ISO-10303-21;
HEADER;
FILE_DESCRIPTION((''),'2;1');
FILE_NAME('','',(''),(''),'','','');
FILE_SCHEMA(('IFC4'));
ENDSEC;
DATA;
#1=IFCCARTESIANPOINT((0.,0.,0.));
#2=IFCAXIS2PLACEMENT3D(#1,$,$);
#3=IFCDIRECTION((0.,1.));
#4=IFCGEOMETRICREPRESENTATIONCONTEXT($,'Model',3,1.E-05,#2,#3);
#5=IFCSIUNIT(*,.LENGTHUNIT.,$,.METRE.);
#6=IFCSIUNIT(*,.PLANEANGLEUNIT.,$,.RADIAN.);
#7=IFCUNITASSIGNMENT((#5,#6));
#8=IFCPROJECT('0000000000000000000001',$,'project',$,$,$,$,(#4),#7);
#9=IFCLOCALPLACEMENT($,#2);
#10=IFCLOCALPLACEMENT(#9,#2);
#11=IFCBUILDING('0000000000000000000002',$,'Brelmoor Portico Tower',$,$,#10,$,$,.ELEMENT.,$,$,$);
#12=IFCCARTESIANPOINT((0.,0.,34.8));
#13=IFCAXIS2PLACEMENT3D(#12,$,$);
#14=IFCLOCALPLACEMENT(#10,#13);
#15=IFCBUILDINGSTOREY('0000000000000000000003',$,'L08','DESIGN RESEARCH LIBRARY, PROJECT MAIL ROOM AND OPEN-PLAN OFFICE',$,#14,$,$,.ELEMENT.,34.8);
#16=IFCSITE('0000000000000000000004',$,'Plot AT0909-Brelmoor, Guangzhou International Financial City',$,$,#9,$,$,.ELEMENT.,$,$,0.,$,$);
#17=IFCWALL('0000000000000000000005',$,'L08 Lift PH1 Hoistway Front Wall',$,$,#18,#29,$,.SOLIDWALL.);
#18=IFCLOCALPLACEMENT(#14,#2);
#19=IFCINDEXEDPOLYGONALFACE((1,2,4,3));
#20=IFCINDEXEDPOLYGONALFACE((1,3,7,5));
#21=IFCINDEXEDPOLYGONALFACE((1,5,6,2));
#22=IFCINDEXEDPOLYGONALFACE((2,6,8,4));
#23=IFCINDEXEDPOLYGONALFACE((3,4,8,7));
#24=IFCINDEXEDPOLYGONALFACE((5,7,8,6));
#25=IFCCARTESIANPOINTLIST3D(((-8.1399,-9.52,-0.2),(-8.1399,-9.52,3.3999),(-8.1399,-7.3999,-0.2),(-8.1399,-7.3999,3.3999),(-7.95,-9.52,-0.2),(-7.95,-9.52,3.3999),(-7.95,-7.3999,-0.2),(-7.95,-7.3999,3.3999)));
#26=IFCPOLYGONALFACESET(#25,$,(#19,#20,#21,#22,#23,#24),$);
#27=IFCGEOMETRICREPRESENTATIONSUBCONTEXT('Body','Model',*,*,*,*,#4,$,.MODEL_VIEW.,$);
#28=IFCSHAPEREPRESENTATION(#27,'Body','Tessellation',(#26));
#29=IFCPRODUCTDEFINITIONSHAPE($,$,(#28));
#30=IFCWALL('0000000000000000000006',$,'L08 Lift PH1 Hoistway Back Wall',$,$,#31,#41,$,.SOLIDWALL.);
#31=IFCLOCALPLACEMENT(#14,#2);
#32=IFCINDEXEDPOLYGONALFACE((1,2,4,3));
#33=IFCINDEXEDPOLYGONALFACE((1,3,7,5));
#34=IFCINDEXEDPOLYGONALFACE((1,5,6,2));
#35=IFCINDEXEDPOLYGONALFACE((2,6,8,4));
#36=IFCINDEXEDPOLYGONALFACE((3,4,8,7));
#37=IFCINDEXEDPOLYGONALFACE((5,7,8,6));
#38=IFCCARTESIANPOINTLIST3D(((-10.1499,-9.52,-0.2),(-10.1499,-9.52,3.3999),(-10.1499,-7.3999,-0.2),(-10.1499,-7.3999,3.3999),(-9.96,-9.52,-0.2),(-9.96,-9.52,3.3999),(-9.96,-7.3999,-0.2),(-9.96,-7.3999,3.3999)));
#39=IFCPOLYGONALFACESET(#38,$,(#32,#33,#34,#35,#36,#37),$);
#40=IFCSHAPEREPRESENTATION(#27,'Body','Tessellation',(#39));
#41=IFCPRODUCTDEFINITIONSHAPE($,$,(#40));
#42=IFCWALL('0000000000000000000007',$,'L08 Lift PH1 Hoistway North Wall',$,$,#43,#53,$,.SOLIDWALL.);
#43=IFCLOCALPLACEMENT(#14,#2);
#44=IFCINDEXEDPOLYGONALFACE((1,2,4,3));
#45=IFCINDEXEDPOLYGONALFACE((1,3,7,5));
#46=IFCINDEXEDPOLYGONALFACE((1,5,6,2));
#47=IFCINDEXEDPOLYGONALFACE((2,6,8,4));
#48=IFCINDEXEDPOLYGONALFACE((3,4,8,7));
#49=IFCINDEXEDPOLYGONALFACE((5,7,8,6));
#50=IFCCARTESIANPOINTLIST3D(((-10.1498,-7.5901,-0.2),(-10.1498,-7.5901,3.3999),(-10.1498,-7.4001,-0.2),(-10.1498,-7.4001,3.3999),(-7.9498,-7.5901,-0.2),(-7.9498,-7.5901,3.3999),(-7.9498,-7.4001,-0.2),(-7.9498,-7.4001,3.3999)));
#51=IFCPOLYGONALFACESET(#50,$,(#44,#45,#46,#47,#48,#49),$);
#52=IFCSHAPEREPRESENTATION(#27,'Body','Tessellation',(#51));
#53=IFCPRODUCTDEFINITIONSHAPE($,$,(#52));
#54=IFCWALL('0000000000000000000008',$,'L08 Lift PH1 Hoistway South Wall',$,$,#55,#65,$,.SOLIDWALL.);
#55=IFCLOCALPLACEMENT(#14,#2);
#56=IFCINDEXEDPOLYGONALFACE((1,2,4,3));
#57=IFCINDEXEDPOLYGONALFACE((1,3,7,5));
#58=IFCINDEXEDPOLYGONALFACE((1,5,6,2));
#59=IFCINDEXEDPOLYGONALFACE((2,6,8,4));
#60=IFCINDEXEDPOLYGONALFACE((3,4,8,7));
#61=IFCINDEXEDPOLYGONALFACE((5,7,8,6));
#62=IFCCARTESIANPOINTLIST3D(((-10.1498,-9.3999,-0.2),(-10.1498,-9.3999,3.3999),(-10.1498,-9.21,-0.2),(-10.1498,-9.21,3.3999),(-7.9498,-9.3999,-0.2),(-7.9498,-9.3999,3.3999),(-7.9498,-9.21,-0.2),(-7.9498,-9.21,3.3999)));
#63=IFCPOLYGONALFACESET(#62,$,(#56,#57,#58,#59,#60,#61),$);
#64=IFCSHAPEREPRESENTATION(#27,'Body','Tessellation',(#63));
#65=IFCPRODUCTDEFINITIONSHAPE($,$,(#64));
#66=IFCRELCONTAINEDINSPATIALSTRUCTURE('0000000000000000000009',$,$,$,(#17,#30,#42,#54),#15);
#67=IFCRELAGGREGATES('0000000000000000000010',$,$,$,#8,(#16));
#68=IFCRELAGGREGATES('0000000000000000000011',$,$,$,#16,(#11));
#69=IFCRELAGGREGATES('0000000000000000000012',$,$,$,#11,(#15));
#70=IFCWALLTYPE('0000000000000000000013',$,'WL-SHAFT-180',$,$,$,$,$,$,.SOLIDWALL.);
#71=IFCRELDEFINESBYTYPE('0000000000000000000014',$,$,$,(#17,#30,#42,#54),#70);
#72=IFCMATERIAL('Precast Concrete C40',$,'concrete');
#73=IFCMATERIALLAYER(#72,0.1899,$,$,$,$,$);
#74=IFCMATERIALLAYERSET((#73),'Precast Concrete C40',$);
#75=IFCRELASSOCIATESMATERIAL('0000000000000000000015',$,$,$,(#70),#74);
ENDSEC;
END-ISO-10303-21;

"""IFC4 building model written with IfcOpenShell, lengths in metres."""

from ifc_helpers import new_model, si_unit, direction, frame, frame_2d, origin, place, context, subcontext, project, spatial, rectangle, extrude, material, layer, layer_set, type_object, element, save


model = new_model("IFC4")

# Units and contexts
model_context = context("Model", 3, precision=1e-05, world=origin(), true_north=direction((0.0, 1.0)))
body_context = subcontext(model_context, "Body", "Model", "MODEL_VIEW")
ifc_project = project(units=[si_unit("LENGTHUNIT", "METRE"), si_unit("PLANEANGLEUNIT", "RADIAN")], contexts=[model_context])

# Site, building, storey
site_placement = place(None, origin())
site = spatial("IfcSite", under=ifc_project, at=site_placement, Name="Plot AT0909-Brelmoor, Guangzhou International Financial City", CompositionType="ELEMENT", RefElevation=0.0)
building_placement = place(site_placement, origin())
building = spatial("IfcBuilding", under=site, at=building_placement, Name="Brelmoor Portico Tower", CompositionType="ELEMENT")
storey_placement = place(building_placement, frame((0.0, 0.0, 34.8)))
storey = spatial("IfcBuildingStorey", under=building, at=storey_placement, Name="L08", Description="DESIGN RESEARCH LIBRARY, PROJECT MAIL ROOM AND OPEN-PLAN OFFICE", CompositionType="ELEMENT", Elevation=34.8)

# Walls
ifc_material_1 = material(Name="Precast Concrete C40", Category="concrete")
ifc_layer_1 = layer(ifc_material_1, 0.1899)
ifc_layer_set_1 = layer_set([ifc_layer_1], Name="Precast Concrete C40")
wall_type_1 = type_object("IfcWallType", Name="WL-SHAFT-180", PredefinedType="SOLIDWALL", material=ifc_layer_set_1)
for number, where, z_axis, x_axis, name in (
    (1, (-8.0449, -9.52, -0.2), (0.0, 0.0, 1.0), (0.0, 1.0, 0.0), "L08 Lift PH1 Hoistway Front Wall"),
    (2, (-10.0549, -9.52, -0.2), (0.0, 0.0, 1.0), (0.0, 1.0, 0.0), "L08 Lift PH1 Hoistway Back Wall"),
):
    element("IfcWall", number, at=place(storey_placement, frame(where, z_axis=z_axis, x_axis=x_axis)), inside=storey, type_object=wall_type_1, Name=name, PredefinedType="SOLIDWALL", context=body_context, shape_type="SweptSolid", body=[
        extrude(rectangle(XDim=2.1201, YDim=0.1899, at=frame_2d((1.0601, 0.0))), origin(), (0.0, 0.0, 1.0), 3.5999),
    ])
for number, where, z_axis, x_axis, name in (
    (3, (-10.1499, -7.4951, -0.2), (0.0, 0.0, 1.0), (1.0, 0.0, 0.0), "L08 Lift PH1 Hoistway North Wall"),
    (4, (-10.1499, -9.3049, -0.2), (0.0, 0.0, 1.0), (1.0, 0.0, 0.0), "L08 Lift PH1 Hoistway South Wall"),
):
    element("IfcWall", number, at=place(storey_placement, frame(where, z_axis=z_axis, x_axis=x_axis)), inside=storey, type_object=wall_type_1, Name=name, PredefinedType="SOLIDWALL", context=body_context, shape_type="SweptSolid", body=[
        extrude(rectangle(XDim=2.2, YDim=0.1899, at=frame_2d((1.1001, 0.0))), origin(), (0.0, 0.0, 1.0), 3.5999),
    ])

save(model, "model.ifc")
